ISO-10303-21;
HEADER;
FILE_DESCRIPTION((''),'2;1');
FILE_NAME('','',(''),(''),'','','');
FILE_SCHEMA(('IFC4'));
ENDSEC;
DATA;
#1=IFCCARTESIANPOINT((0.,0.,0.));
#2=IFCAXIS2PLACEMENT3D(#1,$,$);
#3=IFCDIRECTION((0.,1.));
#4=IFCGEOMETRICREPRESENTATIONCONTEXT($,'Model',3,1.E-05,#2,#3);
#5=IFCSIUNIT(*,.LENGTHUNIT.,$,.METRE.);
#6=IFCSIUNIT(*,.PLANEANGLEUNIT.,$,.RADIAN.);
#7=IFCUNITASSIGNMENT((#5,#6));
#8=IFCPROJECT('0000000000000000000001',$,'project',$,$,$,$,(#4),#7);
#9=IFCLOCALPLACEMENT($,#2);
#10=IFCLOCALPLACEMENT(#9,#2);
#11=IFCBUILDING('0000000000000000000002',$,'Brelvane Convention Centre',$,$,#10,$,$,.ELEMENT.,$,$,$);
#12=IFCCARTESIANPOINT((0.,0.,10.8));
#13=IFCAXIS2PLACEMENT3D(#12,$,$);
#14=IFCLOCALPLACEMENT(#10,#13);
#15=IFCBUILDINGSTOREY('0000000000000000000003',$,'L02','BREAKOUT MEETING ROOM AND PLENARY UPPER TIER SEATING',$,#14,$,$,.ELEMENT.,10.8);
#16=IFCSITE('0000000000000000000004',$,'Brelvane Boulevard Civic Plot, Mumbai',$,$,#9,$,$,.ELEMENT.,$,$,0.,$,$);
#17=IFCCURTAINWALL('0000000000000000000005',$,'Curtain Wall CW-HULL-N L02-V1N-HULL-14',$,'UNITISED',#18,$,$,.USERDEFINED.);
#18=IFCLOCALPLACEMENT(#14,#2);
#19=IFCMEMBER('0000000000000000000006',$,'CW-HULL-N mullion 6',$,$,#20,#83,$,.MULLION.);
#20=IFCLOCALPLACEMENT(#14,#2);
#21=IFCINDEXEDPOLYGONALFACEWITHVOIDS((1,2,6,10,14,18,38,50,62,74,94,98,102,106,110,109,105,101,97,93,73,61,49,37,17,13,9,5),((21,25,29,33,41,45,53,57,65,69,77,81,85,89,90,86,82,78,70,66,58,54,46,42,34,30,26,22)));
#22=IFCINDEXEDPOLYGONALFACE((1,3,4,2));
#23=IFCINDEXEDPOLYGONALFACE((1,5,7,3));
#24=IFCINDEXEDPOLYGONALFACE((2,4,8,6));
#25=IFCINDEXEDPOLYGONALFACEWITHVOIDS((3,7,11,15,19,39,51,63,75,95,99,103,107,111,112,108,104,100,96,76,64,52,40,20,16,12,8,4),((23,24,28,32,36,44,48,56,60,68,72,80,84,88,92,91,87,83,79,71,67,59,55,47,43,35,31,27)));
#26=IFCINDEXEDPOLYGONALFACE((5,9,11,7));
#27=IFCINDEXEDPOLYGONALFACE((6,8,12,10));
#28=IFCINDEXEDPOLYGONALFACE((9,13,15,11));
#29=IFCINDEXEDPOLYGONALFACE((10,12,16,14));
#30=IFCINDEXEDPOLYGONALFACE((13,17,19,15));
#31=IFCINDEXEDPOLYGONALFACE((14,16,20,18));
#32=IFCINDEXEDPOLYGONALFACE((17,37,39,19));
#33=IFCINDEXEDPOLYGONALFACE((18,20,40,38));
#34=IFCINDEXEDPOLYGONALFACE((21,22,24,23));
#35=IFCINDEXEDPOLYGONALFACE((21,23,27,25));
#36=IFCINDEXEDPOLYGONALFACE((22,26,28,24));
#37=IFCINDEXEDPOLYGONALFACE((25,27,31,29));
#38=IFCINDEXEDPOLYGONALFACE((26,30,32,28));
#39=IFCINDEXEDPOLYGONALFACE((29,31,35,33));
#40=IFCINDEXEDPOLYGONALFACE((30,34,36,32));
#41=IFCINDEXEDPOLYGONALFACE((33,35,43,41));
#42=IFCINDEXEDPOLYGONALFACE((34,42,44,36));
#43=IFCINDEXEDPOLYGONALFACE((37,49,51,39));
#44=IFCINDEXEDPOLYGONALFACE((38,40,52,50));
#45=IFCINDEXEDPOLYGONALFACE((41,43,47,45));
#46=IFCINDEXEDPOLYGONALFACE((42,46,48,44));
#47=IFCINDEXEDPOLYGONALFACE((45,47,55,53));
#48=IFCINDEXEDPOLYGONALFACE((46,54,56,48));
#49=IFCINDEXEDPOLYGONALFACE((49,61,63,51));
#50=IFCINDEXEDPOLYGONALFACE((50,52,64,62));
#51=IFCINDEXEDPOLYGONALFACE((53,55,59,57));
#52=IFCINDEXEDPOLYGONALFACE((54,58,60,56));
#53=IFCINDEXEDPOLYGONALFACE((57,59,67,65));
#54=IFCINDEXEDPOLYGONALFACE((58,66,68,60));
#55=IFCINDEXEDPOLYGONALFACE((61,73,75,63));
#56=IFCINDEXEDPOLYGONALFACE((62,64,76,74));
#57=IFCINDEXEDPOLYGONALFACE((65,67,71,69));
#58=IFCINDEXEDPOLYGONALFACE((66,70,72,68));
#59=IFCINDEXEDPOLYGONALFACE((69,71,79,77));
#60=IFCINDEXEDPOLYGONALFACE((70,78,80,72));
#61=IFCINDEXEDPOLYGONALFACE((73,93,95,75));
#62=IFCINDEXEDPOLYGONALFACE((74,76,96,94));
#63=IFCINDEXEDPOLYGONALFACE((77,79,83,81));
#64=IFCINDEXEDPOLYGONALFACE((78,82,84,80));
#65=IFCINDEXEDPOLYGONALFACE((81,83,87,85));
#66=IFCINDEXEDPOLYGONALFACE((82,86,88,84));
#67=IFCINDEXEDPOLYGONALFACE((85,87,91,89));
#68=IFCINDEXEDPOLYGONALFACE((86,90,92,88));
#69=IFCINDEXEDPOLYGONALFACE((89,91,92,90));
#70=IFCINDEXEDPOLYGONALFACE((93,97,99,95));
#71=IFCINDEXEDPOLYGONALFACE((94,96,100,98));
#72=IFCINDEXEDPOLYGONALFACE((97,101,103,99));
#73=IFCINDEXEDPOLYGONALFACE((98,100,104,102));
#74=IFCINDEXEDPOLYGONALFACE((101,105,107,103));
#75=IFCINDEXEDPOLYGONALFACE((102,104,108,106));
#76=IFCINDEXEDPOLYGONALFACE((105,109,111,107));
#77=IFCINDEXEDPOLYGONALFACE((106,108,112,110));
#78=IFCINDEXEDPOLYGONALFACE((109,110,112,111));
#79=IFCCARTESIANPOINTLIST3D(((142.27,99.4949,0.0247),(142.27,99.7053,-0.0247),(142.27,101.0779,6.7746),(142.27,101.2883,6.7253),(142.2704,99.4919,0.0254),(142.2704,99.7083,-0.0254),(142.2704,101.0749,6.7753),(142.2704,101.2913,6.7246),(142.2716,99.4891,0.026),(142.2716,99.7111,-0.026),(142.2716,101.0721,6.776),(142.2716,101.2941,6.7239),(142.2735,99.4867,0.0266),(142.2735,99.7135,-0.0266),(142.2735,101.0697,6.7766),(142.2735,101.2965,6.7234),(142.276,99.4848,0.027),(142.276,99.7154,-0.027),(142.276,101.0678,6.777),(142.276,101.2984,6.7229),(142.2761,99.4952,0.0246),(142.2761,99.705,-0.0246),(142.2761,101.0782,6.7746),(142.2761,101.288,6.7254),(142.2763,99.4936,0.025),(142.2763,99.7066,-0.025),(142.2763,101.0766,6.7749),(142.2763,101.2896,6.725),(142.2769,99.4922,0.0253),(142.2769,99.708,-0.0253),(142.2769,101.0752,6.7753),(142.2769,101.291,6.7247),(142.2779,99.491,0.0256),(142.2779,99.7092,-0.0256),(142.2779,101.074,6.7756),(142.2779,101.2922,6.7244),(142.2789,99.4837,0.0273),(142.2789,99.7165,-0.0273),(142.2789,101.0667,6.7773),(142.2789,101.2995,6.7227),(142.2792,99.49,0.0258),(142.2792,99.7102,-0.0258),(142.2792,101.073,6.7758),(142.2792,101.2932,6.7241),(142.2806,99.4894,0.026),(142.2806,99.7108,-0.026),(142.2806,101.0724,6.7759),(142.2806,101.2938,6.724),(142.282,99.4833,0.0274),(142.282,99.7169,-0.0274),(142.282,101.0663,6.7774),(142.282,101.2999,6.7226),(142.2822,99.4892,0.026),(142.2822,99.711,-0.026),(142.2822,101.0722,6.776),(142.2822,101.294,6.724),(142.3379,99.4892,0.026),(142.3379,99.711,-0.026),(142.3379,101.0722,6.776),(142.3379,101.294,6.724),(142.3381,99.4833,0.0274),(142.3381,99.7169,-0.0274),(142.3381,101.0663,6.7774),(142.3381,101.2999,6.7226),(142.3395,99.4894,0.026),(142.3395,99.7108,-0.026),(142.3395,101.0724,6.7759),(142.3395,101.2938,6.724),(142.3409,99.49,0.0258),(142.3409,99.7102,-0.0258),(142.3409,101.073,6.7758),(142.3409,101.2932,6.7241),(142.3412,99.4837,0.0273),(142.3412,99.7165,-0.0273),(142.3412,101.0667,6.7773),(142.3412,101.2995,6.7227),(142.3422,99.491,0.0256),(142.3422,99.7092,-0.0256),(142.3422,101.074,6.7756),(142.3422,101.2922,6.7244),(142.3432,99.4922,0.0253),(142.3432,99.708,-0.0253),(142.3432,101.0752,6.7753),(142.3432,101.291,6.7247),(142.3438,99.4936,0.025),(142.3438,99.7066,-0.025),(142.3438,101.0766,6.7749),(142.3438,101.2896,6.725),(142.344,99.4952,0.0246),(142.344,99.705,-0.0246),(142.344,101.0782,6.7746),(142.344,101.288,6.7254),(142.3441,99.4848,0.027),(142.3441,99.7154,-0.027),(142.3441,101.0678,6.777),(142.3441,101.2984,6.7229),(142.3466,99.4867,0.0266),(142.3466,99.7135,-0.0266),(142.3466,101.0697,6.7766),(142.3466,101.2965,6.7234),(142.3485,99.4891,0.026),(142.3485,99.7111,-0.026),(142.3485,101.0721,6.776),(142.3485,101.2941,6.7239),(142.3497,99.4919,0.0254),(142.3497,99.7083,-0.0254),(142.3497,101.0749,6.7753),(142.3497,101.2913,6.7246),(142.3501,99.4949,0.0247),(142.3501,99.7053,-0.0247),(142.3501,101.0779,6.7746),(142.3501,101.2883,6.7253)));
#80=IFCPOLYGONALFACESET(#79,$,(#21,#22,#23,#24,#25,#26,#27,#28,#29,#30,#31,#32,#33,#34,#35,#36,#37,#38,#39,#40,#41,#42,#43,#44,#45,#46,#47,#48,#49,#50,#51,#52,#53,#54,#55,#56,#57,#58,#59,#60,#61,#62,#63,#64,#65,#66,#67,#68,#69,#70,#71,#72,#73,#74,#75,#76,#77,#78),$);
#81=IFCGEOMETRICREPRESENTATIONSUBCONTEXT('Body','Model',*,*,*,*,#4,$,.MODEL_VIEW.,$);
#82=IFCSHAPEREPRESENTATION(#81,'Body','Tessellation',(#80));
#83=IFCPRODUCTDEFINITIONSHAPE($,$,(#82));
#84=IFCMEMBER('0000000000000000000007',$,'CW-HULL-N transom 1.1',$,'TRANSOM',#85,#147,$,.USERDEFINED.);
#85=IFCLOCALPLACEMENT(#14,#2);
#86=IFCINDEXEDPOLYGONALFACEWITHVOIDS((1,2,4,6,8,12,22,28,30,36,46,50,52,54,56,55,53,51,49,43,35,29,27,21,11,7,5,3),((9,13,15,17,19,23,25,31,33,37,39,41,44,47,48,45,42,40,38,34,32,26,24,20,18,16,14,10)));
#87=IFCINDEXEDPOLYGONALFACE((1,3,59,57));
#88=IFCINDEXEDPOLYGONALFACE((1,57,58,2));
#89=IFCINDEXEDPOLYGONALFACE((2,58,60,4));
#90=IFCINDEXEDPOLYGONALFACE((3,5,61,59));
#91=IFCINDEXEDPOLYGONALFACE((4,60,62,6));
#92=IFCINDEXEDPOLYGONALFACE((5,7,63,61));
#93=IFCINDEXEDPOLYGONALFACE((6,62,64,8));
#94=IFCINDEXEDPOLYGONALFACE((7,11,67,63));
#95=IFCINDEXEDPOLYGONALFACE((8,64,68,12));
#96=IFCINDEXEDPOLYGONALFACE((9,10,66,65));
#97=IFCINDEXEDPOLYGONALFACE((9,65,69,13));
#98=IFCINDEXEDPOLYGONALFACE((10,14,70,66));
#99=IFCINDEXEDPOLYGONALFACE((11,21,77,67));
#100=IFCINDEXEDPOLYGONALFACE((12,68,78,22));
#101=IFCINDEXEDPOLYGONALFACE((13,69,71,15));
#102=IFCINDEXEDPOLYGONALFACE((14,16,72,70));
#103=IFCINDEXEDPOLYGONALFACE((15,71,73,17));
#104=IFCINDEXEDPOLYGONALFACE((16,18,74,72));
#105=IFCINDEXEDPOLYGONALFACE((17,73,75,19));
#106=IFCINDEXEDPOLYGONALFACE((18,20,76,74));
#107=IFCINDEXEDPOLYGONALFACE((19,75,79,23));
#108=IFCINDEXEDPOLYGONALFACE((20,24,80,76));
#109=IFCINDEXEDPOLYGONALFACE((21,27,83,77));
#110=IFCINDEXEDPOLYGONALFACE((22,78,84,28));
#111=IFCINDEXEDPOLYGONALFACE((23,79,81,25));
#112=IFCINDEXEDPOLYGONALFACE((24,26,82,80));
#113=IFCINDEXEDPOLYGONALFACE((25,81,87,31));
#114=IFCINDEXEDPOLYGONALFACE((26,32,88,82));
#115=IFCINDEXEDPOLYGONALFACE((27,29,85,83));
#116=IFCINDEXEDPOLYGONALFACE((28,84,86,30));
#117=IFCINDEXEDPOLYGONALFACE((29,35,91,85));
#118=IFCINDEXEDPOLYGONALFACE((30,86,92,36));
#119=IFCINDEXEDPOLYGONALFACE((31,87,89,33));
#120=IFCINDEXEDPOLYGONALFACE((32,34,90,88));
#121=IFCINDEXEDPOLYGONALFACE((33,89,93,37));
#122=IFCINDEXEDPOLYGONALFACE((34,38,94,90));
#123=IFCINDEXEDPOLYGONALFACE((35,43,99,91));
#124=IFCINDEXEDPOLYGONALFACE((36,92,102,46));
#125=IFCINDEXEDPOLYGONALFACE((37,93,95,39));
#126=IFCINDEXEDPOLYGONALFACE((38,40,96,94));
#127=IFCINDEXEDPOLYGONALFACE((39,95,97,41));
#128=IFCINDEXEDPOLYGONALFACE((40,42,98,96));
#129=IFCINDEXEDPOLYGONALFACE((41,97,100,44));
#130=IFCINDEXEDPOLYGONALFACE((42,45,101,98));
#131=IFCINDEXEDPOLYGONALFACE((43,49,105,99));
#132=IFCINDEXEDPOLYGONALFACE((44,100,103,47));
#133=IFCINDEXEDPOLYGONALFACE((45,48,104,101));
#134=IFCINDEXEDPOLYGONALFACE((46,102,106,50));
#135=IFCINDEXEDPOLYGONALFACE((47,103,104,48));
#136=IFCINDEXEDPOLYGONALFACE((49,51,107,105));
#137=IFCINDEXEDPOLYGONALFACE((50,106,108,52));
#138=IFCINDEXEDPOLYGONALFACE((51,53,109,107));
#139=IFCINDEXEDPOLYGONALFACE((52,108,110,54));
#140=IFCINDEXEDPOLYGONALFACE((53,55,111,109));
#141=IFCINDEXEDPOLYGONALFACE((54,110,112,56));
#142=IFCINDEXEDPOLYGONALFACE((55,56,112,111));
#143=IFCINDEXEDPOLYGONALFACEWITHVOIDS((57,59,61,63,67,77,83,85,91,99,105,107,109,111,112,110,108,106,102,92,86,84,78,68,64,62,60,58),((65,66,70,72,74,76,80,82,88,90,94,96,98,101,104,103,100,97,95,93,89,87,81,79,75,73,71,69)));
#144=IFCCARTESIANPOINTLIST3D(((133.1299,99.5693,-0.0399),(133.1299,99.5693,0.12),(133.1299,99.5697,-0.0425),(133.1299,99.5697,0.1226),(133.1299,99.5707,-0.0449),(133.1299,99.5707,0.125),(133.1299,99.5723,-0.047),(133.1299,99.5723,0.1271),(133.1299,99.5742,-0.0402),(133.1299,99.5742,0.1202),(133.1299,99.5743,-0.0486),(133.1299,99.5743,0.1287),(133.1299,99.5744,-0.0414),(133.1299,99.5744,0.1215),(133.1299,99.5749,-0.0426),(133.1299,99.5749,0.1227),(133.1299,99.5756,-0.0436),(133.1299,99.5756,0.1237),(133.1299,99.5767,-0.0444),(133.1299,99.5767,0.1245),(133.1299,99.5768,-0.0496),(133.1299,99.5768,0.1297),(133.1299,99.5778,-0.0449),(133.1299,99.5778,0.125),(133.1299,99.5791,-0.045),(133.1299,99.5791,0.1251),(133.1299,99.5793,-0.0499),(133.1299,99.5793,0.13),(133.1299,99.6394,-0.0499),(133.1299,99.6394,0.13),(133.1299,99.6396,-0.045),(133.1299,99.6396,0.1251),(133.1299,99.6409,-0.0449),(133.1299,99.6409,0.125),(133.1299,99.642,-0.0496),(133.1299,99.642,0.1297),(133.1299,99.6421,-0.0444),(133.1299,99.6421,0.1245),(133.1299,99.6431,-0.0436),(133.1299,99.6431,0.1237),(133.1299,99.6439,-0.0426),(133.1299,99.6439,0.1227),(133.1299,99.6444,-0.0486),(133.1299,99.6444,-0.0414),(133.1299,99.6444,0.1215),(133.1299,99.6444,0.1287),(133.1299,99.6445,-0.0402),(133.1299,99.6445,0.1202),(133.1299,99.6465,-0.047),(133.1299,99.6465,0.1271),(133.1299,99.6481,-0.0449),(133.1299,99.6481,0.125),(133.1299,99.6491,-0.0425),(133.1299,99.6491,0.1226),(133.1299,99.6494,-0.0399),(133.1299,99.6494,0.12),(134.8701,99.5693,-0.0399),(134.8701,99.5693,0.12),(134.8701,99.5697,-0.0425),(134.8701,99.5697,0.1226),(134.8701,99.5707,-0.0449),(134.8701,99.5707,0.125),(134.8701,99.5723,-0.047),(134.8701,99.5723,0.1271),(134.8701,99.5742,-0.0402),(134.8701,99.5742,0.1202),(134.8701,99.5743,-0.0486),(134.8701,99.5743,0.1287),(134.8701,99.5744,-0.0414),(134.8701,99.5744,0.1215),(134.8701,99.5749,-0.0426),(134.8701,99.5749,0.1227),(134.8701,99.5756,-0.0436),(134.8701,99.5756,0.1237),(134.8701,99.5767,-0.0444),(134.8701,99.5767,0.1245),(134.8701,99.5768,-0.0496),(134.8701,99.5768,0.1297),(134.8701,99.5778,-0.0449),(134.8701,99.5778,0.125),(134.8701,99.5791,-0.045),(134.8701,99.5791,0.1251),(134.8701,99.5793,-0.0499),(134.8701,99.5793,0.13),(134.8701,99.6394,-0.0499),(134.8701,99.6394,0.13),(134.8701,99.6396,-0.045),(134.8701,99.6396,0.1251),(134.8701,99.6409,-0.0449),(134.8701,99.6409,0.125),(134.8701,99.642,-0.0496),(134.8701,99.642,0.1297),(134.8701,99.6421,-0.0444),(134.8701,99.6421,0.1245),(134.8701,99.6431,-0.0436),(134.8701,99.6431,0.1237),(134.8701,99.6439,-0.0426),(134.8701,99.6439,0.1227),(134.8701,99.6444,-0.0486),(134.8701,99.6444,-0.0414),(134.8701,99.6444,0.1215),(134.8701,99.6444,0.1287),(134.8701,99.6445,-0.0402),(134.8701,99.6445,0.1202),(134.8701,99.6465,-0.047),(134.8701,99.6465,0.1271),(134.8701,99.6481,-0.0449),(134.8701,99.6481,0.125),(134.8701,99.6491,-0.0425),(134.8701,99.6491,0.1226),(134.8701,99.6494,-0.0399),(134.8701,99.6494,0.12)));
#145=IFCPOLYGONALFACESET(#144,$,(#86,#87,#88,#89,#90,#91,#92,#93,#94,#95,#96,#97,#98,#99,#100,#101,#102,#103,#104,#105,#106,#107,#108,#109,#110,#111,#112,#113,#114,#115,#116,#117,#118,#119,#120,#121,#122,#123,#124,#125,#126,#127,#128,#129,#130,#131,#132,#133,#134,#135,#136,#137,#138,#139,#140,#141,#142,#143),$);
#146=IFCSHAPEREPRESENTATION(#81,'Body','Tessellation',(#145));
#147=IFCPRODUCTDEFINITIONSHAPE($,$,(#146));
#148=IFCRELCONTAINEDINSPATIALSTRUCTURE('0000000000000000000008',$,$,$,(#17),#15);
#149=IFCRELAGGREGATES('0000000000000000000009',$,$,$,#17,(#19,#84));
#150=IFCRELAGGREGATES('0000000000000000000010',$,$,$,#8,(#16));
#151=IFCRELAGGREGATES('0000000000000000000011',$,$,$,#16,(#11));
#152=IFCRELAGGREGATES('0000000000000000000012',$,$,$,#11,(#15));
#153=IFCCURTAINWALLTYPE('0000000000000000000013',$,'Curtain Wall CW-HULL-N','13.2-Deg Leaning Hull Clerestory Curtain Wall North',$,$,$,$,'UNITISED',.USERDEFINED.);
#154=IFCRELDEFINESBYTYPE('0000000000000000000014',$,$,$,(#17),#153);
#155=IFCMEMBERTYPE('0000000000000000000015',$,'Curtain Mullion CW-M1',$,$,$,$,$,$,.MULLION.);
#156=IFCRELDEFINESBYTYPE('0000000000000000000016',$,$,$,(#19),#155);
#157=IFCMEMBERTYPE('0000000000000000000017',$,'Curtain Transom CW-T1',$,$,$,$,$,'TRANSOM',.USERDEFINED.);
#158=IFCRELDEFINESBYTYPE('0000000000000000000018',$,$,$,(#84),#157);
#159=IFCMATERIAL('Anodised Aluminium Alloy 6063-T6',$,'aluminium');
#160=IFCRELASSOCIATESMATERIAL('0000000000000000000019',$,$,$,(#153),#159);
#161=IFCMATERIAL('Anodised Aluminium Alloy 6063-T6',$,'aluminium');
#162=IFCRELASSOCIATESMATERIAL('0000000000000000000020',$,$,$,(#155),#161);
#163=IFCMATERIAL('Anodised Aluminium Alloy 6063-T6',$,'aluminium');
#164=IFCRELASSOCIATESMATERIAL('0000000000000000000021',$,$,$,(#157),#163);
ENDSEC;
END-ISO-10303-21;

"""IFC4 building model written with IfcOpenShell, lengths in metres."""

from ifc_helpers import new_model, si_unit, direction, frame, origin, origin_2d, place, context, subcontext, project, spatial, hollow_rectangle, extrude, material, material_profile, profile_set, type_object, element, aggregate, save


model = new_model("IFC4")

# Units and contexts
model_context = context("Model", 3, precision=1e-05, world=origin(), true_north=direction((0.0, 1.0)))
body_context = subcontext(model_context, "Body", "Model", "MODEL_VIEW")
ifc_project = project(units=[si_unit("LENGTHUNIT", "METRE"), si_unit("PLANEANGLEUNIT", "RADIAN")], contexts=[model_context])

# Site, building, storey
site_placement = place(None, origin())
site = spatial("IfcSite", under=ifc_project, at=site_placement, Name="Brelvane Boulevard Civic Plot, Mumbai", CompositionType="ELEMENT", RefElevation=0.0)
building_placement = place(site_placement, origin())
building = spatial("IfcBuilding", under=site, at=building_placement, Name="Brelvane Convention Centre", CompositionType="ELEMENT")
storey_placement = place(building_placement, frame((0.0, 0.0, 10.8)))
storey = spatial("IfcBuildingStorey", under=building, at=storey_placement, Name="L02", Description="BREAKOUT MEETING ROOM AND PLENARY UPPER TIER SEATING", CompositionType="ELEMENT", Elevation=10.8)

# Shared definitions
ifc_material_1 = material(Name="Anodised Aluminium Alloy 6063-T6", Category="aluminium")
curtain_wall_type = type_object("IfcCurtainWallType", Name="Curtain Wall CW-HULL-N", Description="13.2-Deg Leaning Hull Clerestory Curtain Wall North", ElementType="UNITISED", PredefinedType="USERDEFINED", material=ifc_material_1)
ifc_material_2 = material(Name="Anodised Aluminium Alloy 6063-T6", Category="aluminium")
ifc_material_profile_1 = material_profile(ifc_material_2, hollow_rectangle(XDim=0.0801, YDim=0.24, WallThickness=0.0061, InnerFilletRadius=0.0061, OuterFilletRadius=0.012, at=origin_2d()), Name="ALU-M 240x80x6.0")
ifc_profile_set_1 = profile_set([ifc_material_profile_1], Name="Anodised Aluminium Alloy 6063-T6")
member_type_1 = type_object("IfcMemberType", Name="Curtain Mullion CW-M1", PredefinedType="MULLION", material=ifc_profile_set_1)

# Curtain wall, members
curtain_wall_1_placement = place(storey_placement, origin())
curtain_wall_1 = element("IfcCurtainWall", 1, at=curtain_wall_1_placement, inside=storey, type_object=curtain_wall_type, Name="Curtain Wall CW-HULL-N L02-V1N-HULL-14", ObjectType="UNITISED", PredefinedType="USERDEFINED")
member_1_placement = place(storey_placement, frame((142.3101, 99.6001, 0.0), z_axis=(0.0, 0.228325, 0.973585), x_axis=(-1.0, 0.0, 0.0)))
member_1 = element("IfcMember", 2, at=member_1_placement, type_object=member_type_1, Name="CW-HULL-N mullion 6", PredefinedType="MULLION", context=body_context, shape_type="SweptSolid", body=[
    extrude(hollow_rectangle(XDim=0.0801, YDim=0.24, WallThickness=0.0061, InnerFilletRadius=0.0061, OuterFilletRadius=0.012, at=origin_2d()), origin(), (0.0, 0.0, 1.0), 6.9331),
])
ifc_material_3 = material(Name="Anodised Aluminium Alloy 6063-T6", Category="aluminium")
ifc_material_profile_2 = material_profile(ifc_material_3, hollow_rectangle(XDim=0.0801, YDim=0.1799, WallThickness=0.0049, InnerFilletRadius=0.0049, OuterFilletRadius=0.01, at=origin_2d()), Name="ALU-T 180x80x5.0")
ifc_profile_set_2 = profile_set([ifc_material_profile_2], Name="Anodised Aluminium Alloy 6063-T6")
member_type_2 = type_object("IfcMemberType", Name="Curtain Transom CW-T1", ElementType="TRANSOM", PredefinedType="USERDEFINED", material=ifc_profile_set_2)
member_2_placement = place(storey_placement, frame((133.1299, 99.6094, 0.04), z_axis=(1.0, 0.0, 0.0), x_axis=(0.0, 1.0, 0.0)))
member_2 = element("IfcMember", 3, at=member_2_placement, type_object=member_type_2, Name="CW-HULL-N transom 1.1", ObjectType="TRANSOM", PredefinedType="USERDEFINED", context=body_context, shape_type="SweptSolid", body=[
    extrude(hollow_rectangle(XDim=0.0801, YDim=0.1799, WallThickness=0.0049, InnerFilletRadius=0.0049, OuterFilletRadius=0.01, at=origin_2d()), origin(), (0.0, 0.0, 1.0), 1.7402),
])

aggregate(curtain_wall_1, [member_1, member_2])

save(model, "model.ifc")
